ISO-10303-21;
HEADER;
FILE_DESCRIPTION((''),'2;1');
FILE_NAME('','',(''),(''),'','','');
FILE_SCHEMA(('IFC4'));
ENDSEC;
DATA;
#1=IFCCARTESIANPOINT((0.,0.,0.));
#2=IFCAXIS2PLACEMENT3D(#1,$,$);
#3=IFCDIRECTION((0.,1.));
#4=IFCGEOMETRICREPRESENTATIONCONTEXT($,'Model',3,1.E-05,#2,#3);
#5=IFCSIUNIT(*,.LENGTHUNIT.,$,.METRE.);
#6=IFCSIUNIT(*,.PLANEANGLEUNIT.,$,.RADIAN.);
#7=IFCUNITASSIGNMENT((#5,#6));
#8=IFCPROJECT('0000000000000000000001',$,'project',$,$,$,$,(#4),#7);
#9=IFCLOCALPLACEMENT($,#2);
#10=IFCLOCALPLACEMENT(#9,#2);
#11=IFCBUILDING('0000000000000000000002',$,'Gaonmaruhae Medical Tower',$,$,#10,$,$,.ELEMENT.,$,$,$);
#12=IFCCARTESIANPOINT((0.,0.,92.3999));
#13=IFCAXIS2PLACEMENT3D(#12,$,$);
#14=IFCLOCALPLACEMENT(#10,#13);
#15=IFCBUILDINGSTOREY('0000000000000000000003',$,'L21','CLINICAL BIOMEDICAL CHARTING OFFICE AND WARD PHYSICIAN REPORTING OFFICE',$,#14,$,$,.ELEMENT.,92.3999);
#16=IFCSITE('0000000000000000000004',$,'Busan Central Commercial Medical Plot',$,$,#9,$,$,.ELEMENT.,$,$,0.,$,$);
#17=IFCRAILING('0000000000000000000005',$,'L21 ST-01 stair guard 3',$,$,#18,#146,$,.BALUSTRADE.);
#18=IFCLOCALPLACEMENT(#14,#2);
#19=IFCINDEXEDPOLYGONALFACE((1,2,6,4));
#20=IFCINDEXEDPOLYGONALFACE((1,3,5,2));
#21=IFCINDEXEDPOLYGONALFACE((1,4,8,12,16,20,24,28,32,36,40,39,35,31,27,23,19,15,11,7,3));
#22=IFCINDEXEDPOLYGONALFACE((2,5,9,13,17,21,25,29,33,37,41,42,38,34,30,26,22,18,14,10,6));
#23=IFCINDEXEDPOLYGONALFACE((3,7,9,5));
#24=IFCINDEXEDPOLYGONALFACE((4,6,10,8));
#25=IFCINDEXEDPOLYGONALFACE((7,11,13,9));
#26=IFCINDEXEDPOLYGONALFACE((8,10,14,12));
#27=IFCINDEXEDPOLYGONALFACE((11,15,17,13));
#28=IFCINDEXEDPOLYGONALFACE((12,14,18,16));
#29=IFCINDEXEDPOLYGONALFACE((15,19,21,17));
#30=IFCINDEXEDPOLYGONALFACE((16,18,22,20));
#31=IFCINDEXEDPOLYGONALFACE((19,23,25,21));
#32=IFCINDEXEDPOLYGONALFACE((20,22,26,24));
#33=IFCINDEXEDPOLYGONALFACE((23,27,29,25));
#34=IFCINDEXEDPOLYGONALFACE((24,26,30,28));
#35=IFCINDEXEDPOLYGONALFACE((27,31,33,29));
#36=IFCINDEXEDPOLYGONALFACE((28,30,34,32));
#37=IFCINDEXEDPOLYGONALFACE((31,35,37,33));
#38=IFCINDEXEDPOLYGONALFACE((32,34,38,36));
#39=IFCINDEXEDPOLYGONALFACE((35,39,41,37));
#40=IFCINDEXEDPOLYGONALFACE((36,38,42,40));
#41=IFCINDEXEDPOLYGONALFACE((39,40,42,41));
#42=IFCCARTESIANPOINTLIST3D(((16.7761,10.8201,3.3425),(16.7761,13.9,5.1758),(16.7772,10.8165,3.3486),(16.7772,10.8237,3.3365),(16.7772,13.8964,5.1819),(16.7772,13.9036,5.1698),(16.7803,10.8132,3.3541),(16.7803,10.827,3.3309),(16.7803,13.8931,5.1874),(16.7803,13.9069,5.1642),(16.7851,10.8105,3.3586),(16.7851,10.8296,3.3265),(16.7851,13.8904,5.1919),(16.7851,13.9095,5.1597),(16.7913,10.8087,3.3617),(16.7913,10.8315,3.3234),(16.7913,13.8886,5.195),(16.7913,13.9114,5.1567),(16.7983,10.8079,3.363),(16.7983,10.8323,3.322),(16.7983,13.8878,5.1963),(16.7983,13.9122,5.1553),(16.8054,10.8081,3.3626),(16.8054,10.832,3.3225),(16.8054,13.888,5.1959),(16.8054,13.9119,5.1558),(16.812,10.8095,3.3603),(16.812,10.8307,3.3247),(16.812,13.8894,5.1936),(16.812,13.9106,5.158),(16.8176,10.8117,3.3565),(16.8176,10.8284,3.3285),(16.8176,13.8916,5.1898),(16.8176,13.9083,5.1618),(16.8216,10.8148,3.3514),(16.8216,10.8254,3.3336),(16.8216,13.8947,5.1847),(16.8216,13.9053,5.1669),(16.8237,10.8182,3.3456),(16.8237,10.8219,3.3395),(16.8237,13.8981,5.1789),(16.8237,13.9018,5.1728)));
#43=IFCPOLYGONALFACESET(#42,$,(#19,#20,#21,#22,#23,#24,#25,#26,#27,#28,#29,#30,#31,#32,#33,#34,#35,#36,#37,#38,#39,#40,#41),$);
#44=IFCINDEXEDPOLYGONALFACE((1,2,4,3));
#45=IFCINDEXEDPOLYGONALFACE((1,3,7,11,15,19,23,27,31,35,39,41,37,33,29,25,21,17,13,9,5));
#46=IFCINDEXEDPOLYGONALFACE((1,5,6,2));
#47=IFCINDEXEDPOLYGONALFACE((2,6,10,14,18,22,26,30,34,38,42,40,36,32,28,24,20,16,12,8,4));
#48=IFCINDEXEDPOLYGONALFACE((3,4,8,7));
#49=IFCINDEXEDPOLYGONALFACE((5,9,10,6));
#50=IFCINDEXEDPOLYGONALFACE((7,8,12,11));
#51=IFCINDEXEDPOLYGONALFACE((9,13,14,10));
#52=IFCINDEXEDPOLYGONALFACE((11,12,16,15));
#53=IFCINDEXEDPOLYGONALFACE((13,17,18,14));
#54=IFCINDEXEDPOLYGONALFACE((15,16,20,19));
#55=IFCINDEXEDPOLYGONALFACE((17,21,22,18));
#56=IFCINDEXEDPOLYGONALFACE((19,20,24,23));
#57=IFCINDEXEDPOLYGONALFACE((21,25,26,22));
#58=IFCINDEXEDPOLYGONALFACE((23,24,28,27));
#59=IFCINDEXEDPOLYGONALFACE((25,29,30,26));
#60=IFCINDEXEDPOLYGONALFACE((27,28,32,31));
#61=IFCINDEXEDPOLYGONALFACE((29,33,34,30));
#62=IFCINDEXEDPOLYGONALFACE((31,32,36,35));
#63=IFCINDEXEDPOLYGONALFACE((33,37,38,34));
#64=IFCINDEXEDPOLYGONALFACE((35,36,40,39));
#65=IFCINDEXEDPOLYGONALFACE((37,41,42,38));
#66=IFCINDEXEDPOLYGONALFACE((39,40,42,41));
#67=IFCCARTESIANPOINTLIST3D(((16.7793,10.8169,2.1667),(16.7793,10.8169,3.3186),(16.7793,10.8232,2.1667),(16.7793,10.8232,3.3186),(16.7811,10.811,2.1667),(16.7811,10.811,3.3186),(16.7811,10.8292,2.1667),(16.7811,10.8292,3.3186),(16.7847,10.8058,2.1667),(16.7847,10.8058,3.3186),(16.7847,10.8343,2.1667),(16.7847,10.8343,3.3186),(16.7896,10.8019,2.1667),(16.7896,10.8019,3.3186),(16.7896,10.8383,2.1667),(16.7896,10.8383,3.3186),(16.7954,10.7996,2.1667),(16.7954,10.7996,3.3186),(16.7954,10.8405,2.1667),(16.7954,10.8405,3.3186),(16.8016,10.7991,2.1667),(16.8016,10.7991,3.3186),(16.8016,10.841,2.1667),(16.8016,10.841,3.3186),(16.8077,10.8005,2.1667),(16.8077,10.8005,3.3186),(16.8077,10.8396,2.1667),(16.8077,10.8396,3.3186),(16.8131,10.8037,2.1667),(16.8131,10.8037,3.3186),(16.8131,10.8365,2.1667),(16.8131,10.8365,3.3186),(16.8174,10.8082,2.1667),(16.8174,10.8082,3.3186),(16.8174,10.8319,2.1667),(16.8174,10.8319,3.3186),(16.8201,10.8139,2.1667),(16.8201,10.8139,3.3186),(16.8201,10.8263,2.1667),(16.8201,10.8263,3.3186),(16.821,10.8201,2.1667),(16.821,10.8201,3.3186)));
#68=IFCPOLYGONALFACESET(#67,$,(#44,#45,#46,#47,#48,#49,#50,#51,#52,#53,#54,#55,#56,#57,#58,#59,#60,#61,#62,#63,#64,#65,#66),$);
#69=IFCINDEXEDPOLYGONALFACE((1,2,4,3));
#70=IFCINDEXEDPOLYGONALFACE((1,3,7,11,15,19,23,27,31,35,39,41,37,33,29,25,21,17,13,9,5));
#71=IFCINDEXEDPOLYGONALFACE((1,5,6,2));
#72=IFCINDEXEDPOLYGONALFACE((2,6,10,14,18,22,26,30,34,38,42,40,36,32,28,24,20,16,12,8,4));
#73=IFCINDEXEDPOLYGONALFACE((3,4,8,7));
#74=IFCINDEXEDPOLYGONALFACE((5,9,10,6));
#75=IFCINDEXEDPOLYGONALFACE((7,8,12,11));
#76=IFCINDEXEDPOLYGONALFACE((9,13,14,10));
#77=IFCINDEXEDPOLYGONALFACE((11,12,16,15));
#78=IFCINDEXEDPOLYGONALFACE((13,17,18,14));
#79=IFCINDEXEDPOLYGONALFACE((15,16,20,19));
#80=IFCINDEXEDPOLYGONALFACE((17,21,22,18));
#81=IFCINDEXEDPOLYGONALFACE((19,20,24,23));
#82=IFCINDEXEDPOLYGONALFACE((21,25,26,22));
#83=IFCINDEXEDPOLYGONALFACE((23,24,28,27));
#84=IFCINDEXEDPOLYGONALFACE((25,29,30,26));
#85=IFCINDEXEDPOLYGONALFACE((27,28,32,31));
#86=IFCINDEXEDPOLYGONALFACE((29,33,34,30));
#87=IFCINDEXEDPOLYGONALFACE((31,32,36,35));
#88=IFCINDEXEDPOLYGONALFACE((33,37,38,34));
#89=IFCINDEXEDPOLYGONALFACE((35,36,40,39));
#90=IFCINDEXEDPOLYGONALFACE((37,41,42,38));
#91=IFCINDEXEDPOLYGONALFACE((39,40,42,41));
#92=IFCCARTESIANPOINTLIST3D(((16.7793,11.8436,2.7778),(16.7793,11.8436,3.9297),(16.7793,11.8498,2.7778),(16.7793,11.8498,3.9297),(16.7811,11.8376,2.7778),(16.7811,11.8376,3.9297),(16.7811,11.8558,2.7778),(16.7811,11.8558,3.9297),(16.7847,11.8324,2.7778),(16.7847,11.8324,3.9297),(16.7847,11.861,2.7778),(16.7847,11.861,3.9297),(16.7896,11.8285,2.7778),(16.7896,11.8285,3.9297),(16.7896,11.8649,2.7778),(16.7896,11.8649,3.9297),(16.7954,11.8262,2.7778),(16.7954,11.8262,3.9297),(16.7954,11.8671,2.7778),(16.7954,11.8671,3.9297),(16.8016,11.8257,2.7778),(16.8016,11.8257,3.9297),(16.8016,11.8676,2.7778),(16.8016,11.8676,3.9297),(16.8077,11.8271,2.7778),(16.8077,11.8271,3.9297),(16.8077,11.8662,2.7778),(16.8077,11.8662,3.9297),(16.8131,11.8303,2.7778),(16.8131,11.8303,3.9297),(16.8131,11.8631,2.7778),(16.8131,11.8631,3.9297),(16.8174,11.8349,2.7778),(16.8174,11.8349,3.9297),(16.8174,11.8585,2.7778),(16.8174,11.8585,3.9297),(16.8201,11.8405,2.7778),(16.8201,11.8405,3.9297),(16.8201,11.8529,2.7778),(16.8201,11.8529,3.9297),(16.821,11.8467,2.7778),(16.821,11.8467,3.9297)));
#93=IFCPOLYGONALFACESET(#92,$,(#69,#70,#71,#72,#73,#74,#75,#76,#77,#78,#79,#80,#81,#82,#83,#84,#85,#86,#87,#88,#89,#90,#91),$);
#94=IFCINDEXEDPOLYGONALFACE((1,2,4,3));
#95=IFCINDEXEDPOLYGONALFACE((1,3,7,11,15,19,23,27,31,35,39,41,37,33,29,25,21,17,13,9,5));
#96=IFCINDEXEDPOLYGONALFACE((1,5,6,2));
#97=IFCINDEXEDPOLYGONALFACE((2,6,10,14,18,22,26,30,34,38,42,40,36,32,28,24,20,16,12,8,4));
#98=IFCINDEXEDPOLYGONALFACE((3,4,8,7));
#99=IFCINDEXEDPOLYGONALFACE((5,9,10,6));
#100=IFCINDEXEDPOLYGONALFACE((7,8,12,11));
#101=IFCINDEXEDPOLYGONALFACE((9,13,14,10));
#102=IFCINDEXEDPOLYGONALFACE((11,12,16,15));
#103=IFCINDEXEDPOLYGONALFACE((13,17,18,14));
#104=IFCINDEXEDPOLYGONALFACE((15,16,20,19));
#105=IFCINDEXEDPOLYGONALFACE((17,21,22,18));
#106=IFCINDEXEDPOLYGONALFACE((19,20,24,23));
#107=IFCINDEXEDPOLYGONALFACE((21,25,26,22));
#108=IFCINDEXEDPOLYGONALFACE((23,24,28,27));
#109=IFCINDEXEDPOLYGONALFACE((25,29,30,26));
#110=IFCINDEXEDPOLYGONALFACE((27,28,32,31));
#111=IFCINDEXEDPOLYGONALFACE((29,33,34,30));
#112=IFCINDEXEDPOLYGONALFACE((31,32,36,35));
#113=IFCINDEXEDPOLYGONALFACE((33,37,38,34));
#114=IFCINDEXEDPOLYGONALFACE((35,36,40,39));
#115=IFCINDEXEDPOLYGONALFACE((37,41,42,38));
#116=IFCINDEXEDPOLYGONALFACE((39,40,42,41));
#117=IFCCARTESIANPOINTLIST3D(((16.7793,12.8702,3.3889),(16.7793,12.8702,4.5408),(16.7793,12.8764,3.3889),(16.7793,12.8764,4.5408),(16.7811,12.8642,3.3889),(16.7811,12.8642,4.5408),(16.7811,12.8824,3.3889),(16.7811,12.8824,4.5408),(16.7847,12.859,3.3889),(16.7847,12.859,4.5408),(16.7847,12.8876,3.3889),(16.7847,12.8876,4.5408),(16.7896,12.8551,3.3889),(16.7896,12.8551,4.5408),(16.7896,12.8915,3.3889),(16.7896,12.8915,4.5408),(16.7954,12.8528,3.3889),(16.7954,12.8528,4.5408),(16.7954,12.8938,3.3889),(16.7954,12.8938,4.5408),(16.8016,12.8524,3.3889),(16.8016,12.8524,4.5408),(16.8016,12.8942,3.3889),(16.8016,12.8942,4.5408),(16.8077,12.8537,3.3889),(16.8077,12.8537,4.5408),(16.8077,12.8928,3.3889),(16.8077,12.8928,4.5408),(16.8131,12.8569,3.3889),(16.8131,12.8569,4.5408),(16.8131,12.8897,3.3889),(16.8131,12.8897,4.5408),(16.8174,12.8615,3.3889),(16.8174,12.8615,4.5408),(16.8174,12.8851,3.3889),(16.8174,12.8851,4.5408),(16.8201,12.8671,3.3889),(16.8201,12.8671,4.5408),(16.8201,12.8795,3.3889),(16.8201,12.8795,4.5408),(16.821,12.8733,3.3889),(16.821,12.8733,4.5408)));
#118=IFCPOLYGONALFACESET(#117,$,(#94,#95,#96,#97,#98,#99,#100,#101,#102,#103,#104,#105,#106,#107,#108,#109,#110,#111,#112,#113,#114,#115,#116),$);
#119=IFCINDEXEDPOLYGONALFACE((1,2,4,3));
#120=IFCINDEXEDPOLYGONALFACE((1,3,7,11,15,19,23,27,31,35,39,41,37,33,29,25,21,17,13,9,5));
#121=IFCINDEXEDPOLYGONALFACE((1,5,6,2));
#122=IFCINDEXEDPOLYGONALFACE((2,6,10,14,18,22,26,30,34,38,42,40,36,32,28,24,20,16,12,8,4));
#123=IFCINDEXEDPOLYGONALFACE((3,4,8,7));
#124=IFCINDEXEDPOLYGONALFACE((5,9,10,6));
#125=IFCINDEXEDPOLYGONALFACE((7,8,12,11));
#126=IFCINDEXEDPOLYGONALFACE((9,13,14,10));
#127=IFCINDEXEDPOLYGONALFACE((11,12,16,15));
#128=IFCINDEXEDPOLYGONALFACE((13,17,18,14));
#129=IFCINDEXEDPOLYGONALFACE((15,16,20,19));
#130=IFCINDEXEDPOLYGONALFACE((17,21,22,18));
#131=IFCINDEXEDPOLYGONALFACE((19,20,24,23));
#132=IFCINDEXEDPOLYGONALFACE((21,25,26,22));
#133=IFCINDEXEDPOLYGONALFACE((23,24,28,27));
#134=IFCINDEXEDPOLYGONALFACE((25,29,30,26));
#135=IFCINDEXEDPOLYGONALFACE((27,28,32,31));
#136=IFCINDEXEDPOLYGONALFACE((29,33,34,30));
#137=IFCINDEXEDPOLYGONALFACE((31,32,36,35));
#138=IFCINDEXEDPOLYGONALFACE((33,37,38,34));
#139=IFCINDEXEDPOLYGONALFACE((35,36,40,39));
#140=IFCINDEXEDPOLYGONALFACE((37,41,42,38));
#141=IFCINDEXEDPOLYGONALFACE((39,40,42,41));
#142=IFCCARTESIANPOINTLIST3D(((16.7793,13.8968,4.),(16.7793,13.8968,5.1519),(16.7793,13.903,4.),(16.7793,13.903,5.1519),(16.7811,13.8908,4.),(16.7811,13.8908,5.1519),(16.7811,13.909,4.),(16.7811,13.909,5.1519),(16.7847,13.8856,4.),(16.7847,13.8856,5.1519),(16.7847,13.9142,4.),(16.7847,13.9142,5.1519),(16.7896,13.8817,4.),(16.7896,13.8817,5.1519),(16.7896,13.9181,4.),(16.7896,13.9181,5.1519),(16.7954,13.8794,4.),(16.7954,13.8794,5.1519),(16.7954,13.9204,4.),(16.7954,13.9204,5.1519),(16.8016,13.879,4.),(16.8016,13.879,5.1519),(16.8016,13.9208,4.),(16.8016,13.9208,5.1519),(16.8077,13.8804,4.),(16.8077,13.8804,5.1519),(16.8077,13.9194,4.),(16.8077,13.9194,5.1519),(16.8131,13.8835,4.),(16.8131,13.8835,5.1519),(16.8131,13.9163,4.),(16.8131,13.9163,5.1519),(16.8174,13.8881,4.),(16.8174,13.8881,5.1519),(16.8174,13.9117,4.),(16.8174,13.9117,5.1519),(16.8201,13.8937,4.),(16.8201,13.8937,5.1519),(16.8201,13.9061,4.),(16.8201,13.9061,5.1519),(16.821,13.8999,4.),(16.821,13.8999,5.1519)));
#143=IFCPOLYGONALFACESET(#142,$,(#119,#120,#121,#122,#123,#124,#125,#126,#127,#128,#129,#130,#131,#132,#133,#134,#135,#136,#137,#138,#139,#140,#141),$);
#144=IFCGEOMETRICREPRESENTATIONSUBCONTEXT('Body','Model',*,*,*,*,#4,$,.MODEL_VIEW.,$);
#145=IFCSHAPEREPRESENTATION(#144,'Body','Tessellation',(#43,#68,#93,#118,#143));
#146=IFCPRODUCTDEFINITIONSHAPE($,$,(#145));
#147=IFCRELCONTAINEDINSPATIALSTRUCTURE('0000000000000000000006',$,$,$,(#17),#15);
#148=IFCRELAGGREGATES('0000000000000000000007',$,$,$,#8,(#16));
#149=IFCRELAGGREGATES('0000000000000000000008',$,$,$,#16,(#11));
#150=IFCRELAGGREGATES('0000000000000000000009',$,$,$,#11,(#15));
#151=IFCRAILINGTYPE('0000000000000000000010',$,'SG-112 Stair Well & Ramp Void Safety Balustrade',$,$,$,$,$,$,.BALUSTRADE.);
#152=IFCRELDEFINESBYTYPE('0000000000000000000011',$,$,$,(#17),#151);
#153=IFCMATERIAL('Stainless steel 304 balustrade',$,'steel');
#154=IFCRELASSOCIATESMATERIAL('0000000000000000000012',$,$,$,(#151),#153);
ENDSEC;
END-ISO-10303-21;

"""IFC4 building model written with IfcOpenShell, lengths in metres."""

from ifc_helpers import new_model, si_unit, direction, frame, origin, origin_2d, place, context, subcontext, project, spatial, circle, extrude, material, type_object, element, save


model = new_model("IFC4")

# Units and contexts
model_context = context("Model", 3, precision=1e-05, world=origin(), true_north=direction((0.0, 1.0)))
body_context = subcontext(model_context, "Body", "Model", "MODEL_VIEW")
ifc_project = project(units=[si_unit("LENGTHUNIT", "METRE"), si_unit("PLANEANGLEUNIT", "RADIAN")], contexts=[model_context])

# Site, building, storey
site_placement = place(None, origin())
site = spatial("IfcSite", under=ifc_project, at=site_placement, Name="Busan Central Commercial Medical Plot", CompositionType="ELEMENT", RefElevation=0.0)
building_placement = place(site_placement, origin())
building = spatial("IfcBuilding", under=site, at=building_placement, Name="Gaonmaruhae Medical Tower", CompositionType="ELEMENT")
storey_placement = place(building_placement, frame((0.0, 0.0, 92.3999)))
storey = spatial("IfcBuildingStorey", under=building, at=storey_placement, Name="L21", Description="CLINICAL BIOMEDICAL CHARTING OFFICE AND WARD PHYSICIAN REPORTING OFFICE", CompositionType="ELEMENT", Elevation=92.3999)

# Railing
ifc_material_1 = material(Name="Stainless steel 304 balustrade", Category="steel")
railing_type_1 = type_object("IfcRailingType", Name="SG-112 Stair Well & Ramp Void Safety Balustrade", PredefinedType="BALUSTRADE", material=ifc_material_1)
railing_1_placement = place(storey_placement, frame((16.8, 10.8201, 2.1667)))
element("IfcRailing", 1, at=railing_1_placement, inside=storey, type_object=railing_type_1, Name="L21 ST-01 stair guard 3", PredefinedType="BALUSTRADE", context=body_context, shape_type="SweptSolid", body=[
    extrude(circle(Radius=0.0239, at=origin_2d()), frame((0.0, 0.0, 1.1758), z_axis=(0.0, 0.859291, 0.511487), x_axis=(-1.0, 0.0, 0.0)), (0.0, 0.0, 1.0), 3.5842),
    extrude(circle(Radius=0.021, at=origin_2d()), origin(), (0.0, 0.0, 1.0), 1.1519),
    extrude(circle(Radius=0.021, at=origin_2d()), frame((0.0, 1.0266, 0.6111)), (0.0, 0.0, 1.0), 1.1519),
    extrude(circle(Radius=0.021, at=origin_2d()), frame((0.0, 2.0532, 1.2222)), (0.0, 0.0, 1.0), 1.1519),
    extrude(circle(Radius=0.021, at=origin_2d()), frame((0.0, 3.0798, 1.8333)), (0.0, 0.0, 1.0), 1.1519),
])

save(model, "model.ifc")
